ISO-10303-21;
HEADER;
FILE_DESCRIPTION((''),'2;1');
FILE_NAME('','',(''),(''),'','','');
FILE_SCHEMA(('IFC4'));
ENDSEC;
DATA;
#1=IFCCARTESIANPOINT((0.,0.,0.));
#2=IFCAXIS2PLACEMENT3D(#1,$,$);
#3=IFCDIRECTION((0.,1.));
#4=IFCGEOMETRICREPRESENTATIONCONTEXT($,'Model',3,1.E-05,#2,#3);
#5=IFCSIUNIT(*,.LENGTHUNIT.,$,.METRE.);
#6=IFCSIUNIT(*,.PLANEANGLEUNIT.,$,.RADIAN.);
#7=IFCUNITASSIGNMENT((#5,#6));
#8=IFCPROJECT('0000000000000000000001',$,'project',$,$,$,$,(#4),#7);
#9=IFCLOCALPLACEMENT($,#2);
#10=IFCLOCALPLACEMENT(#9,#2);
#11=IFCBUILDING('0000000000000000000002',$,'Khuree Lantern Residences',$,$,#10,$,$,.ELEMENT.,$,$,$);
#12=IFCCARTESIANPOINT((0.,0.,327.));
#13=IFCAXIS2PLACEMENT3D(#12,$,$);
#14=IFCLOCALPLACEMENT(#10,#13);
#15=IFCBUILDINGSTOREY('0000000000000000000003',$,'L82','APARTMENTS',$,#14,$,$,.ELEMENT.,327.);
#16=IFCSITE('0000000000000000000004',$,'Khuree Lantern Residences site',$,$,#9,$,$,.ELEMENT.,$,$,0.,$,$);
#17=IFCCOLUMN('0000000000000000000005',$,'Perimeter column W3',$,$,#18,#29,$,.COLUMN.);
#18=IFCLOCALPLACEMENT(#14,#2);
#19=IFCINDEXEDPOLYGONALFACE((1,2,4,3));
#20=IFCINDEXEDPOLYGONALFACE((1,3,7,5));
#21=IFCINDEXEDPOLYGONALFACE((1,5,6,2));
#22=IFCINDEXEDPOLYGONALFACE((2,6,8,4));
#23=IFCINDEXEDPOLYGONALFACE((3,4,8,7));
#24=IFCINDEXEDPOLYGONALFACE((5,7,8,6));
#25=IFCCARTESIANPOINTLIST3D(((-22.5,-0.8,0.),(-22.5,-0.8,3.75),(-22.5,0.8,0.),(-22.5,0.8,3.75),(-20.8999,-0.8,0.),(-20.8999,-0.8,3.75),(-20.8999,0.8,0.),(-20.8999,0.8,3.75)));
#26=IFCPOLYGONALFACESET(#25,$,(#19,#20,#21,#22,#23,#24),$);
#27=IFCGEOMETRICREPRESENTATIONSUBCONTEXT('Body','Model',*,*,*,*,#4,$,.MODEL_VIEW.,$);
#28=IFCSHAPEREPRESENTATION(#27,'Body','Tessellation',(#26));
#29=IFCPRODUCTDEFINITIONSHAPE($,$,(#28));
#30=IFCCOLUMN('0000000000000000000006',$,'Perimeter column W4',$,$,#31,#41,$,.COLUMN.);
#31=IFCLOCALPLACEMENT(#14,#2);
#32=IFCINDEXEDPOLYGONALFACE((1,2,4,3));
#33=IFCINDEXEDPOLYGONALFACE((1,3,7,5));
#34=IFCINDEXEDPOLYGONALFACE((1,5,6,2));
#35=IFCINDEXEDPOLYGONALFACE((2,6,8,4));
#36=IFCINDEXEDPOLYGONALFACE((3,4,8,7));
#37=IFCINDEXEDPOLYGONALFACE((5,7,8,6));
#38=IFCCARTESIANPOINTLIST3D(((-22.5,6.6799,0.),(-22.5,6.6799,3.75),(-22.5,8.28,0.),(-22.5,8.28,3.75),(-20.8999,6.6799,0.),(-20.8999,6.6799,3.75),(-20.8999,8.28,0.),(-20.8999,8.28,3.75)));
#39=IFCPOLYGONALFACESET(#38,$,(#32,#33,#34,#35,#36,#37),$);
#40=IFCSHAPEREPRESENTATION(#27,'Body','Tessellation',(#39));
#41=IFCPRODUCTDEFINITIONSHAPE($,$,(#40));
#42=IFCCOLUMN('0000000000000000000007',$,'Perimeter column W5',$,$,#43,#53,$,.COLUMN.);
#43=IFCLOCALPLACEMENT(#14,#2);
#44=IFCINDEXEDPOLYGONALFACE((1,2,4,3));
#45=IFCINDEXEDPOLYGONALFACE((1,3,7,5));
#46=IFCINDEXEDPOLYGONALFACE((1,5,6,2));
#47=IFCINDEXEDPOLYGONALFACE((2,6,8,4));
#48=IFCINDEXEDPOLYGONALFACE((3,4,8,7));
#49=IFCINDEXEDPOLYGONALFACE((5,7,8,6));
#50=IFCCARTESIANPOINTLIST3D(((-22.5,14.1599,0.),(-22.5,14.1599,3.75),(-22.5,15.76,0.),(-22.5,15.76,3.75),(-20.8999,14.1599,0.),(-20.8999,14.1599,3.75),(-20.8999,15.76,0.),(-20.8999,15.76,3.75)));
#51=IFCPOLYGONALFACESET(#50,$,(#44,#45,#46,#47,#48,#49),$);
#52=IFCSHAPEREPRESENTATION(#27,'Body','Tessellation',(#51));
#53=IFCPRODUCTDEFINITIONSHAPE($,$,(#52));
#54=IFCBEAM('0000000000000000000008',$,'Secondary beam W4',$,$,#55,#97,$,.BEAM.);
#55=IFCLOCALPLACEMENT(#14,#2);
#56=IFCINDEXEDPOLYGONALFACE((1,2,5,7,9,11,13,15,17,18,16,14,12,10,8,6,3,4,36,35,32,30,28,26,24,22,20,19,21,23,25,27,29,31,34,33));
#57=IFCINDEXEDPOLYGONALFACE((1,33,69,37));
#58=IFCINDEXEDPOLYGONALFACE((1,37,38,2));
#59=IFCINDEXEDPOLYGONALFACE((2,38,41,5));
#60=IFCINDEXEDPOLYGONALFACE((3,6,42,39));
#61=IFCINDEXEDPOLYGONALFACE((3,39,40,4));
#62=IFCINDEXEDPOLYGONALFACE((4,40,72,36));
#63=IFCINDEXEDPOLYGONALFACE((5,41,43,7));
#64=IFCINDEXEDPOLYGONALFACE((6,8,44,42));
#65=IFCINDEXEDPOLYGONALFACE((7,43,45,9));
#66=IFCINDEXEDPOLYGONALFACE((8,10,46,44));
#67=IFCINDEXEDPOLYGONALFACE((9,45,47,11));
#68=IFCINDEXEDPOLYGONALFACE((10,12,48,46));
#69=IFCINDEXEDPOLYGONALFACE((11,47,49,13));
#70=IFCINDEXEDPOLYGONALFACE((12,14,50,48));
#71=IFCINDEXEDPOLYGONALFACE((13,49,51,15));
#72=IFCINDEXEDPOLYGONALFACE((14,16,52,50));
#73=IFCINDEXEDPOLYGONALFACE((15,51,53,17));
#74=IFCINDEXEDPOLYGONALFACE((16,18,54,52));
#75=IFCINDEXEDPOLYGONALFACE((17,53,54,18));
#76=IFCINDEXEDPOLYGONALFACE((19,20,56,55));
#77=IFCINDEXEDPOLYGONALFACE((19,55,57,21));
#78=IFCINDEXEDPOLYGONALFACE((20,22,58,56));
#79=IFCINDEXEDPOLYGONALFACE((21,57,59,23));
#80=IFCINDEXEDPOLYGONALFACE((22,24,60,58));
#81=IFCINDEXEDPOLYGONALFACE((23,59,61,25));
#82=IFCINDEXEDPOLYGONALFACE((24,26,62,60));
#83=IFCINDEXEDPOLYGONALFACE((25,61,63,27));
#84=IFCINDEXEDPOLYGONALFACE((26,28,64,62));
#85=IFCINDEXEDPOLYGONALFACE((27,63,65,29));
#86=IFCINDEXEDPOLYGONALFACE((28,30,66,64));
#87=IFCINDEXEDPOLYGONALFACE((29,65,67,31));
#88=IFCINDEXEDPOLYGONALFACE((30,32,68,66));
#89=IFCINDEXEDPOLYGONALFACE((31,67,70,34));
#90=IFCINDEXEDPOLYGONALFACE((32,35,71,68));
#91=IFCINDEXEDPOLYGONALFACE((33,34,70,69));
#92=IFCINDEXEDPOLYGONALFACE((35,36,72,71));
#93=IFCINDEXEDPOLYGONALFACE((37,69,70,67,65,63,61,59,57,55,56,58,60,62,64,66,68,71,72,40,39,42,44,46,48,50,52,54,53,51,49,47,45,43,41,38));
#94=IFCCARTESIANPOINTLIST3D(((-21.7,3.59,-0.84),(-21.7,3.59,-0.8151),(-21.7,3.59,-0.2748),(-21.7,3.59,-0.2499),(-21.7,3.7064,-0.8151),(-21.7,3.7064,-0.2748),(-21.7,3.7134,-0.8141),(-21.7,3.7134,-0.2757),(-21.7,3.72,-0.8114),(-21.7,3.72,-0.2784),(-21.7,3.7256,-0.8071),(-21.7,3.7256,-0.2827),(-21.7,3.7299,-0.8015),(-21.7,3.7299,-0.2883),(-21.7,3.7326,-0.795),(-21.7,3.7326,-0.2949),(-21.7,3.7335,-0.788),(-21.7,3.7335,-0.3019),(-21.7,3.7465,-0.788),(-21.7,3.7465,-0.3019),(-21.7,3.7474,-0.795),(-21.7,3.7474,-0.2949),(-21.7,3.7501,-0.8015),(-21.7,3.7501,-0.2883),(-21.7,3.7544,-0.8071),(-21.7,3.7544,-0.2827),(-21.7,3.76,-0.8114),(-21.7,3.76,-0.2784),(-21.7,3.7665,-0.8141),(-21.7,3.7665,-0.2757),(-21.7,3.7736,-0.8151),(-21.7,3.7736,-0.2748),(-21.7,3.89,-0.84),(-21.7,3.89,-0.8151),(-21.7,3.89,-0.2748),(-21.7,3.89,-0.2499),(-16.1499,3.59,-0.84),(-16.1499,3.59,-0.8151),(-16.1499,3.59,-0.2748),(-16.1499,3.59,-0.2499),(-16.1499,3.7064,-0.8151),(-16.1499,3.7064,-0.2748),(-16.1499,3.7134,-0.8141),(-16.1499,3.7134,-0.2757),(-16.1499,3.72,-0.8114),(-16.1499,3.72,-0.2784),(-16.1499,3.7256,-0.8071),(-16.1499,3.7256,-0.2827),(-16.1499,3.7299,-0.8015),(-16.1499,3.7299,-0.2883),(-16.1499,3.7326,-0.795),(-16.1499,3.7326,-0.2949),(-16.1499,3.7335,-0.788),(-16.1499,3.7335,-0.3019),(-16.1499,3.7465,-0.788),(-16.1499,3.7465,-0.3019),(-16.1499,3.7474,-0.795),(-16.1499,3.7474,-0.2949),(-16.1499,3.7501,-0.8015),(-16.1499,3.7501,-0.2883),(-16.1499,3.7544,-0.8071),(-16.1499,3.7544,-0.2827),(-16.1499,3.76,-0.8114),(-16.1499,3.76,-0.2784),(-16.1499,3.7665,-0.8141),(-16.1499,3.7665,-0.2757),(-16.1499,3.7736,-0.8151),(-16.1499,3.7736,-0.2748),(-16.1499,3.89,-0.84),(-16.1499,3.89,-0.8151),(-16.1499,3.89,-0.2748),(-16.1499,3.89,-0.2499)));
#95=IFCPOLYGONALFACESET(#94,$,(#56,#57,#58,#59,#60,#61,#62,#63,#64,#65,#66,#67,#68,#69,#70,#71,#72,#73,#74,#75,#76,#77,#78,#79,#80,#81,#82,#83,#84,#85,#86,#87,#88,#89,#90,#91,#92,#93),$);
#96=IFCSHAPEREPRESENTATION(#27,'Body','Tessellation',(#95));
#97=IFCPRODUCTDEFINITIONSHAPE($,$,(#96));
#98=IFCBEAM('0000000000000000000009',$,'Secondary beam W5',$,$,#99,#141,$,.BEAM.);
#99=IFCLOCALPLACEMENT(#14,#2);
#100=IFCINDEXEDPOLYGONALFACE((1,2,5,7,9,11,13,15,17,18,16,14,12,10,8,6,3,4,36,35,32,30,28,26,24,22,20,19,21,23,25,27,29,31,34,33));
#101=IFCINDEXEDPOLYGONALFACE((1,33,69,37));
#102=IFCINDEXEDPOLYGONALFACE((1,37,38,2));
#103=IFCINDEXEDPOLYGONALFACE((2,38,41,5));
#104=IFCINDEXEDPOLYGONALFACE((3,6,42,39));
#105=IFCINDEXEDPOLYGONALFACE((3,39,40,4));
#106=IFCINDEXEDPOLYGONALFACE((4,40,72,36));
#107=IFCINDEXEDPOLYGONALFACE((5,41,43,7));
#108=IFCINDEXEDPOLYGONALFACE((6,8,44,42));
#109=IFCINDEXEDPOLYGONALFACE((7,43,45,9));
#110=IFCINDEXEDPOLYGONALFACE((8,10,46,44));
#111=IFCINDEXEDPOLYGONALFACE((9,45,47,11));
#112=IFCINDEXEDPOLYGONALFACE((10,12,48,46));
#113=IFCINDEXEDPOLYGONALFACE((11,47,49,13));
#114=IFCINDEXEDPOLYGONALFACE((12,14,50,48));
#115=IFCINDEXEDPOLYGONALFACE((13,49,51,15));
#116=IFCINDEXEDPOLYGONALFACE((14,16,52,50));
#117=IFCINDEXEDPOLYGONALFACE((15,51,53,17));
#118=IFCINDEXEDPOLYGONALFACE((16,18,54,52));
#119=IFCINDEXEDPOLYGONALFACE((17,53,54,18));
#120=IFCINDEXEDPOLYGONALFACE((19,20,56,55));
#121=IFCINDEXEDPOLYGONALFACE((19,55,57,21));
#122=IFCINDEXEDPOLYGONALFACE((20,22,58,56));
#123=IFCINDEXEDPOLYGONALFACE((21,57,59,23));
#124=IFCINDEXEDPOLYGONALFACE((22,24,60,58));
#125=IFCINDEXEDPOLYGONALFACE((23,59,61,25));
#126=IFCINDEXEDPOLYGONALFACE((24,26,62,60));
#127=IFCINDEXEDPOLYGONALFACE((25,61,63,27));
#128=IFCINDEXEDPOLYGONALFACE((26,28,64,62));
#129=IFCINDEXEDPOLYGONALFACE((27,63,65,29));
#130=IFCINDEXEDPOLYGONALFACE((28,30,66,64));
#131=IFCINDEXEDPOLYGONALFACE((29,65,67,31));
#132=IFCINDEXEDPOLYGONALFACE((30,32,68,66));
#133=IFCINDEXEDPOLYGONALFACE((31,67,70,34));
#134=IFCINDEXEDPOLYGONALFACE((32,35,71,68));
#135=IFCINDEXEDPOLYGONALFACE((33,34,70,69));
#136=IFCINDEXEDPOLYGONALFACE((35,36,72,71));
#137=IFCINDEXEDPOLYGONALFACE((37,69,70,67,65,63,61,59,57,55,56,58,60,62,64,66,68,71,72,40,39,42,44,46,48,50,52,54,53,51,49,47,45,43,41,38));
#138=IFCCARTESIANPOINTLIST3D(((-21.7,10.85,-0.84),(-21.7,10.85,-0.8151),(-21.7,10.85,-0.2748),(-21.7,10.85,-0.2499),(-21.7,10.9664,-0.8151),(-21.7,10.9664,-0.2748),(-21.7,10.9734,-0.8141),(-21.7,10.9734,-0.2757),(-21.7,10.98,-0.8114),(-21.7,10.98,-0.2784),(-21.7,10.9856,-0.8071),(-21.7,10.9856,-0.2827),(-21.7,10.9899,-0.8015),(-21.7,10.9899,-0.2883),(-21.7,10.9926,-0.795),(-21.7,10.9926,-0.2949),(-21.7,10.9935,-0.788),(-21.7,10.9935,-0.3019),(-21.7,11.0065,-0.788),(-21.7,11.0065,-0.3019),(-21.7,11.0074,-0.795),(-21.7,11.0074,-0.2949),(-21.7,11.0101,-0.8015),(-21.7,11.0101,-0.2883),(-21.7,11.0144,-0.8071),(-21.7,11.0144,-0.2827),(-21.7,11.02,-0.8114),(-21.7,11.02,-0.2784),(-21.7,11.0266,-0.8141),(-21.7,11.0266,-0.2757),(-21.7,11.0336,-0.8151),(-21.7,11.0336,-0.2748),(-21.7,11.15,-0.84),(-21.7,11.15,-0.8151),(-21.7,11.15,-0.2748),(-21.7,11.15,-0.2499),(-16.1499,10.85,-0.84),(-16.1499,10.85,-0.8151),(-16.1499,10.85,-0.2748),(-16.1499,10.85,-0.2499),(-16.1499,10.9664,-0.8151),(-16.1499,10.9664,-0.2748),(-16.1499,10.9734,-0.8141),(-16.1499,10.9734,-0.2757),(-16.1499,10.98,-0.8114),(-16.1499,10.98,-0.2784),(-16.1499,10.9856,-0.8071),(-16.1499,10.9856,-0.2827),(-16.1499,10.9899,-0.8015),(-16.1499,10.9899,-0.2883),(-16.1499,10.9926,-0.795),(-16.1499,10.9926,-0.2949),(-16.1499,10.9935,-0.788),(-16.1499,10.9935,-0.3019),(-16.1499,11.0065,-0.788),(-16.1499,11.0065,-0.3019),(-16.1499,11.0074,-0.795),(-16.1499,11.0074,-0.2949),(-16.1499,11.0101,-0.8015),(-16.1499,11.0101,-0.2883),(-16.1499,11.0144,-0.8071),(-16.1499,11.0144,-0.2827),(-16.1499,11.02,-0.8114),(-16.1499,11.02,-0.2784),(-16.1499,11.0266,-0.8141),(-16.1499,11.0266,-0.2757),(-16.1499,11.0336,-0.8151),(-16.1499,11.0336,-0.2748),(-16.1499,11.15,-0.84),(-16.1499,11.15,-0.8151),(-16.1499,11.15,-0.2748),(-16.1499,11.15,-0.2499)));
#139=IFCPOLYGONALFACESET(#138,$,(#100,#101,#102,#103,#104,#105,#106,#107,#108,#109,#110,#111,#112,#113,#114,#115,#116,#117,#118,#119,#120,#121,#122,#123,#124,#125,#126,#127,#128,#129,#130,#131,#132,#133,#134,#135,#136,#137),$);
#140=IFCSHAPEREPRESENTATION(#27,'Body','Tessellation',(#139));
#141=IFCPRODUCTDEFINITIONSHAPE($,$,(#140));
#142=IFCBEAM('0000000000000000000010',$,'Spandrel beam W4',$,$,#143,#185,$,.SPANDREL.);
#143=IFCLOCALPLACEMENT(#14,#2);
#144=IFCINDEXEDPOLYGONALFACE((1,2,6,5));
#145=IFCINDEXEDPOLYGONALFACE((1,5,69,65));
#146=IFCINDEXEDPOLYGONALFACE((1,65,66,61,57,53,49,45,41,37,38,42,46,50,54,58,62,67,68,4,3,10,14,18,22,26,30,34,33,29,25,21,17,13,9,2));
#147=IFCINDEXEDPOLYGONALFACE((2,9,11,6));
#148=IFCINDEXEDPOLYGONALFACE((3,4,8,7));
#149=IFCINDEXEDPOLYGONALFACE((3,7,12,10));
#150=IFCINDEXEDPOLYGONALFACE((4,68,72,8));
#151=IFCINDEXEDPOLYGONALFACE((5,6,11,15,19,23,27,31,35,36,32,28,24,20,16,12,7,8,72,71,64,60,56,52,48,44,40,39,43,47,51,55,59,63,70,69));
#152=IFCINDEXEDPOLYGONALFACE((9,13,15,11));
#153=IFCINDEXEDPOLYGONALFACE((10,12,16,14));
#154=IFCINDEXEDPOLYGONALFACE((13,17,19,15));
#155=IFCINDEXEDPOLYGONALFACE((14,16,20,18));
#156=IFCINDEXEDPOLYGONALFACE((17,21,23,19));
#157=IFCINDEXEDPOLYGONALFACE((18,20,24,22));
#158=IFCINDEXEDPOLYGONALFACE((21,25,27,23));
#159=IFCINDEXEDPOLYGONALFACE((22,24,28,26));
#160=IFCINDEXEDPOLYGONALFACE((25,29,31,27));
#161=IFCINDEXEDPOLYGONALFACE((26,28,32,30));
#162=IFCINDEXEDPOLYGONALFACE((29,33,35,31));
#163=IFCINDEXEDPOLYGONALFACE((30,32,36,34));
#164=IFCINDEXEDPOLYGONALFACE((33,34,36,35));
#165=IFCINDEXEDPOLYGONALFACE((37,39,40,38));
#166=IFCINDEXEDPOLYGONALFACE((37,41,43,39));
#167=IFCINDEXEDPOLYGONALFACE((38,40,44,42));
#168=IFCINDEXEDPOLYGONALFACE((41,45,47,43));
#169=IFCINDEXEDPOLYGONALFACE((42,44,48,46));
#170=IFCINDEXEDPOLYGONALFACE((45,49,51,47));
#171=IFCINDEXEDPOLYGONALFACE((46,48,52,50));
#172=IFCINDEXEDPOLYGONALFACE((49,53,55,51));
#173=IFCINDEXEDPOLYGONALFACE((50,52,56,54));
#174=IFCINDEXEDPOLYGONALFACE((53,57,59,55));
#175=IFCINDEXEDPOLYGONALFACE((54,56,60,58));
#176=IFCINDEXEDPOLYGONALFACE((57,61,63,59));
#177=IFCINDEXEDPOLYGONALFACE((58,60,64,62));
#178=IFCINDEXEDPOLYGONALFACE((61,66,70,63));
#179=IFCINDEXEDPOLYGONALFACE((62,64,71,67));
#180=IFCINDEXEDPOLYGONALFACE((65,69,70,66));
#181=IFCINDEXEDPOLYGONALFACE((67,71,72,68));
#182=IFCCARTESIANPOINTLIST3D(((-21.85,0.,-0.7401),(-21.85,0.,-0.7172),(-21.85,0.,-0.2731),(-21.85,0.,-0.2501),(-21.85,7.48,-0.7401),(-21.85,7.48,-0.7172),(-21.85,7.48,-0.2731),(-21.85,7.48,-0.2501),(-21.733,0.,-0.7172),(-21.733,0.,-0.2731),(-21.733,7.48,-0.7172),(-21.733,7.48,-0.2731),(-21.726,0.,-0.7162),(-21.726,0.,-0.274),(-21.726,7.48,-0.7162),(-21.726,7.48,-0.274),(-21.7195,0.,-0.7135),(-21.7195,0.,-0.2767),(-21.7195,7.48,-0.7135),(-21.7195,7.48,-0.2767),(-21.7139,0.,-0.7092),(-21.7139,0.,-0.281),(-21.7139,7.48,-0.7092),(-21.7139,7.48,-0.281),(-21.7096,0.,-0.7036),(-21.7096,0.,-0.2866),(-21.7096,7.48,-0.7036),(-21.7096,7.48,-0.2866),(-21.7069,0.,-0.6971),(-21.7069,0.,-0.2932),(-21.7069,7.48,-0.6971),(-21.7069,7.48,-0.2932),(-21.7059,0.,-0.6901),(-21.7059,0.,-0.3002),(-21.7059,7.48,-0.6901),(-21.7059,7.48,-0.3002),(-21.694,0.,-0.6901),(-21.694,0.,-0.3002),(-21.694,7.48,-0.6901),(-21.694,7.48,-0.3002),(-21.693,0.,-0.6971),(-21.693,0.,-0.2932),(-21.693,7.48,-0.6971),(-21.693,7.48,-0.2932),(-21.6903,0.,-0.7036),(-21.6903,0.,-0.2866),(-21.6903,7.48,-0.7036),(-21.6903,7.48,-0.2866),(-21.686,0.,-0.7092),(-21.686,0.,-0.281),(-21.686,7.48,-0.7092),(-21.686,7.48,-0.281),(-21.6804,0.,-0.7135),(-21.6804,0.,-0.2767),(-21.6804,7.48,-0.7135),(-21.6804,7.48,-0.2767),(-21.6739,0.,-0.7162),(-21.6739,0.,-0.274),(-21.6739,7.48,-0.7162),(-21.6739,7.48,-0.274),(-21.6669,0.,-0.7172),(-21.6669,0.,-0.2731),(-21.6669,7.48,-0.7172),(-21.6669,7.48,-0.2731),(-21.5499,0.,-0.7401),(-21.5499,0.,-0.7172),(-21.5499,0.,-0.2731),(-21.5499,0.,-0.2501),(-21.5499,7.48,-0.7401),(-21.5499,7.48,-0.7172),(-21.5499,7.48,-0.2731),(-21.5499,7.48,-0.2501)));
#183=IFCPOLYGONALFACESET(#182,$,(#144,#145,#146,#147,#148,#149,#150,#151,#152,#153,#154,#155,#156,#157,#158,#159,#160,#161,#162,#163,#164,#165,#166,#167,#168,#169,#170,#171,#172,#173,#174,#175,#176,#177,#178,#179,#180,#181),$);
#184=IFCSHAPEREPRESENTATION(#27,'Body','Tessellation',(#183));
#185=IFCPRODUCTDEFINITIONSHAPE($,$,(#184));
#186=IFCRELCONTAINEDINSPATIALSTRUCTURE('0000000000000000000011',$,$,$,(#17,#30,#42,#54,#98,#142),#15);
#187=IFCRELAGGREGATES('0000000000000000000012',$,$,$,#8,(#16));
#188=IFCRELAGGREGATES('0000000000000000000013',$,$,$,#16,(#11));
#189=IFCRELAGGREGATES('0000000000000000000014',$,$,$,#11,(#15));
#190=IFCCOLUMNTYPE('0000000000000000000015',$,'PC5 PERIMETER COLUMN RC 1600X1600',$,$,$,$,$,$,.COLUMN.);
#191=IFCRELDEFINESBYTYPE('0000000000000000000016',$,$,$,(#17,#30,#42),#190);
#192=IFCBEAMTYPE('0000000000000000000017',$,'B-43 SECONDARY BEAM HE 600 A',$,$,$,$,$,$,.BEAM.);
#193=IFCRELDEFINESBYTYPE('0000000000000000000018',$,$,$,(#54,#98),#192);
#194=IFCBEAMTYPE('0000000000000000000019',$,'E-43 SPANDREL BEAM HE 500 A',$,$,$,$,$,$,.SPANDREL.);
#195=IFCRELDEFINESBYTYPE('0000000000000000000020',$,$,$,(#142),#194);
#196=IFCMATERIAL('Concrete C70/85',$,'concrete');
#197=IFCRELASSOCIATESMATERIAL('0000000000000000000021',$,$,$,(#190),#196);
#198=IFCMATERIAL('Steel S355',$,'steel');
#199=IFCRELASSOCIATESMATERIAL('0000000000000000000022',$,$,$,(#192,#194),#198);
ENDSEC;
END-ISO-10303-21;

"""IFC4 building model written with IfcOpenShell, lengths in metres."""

from ifc_helpers import new_model, si_unit, direction, frame, origin, origin_2d, place, context, subcontext, project, spatial, rectangle, i_section, extrude, material, material_profile, profile_set, type_object, element, save


model = new_model("IFC4")

# Units and contexts
model_context = context("Model", 3, precision=1e-05, world=origin(), true_north=direction((0.0, 1.0)))
body_context = subcontext(model_context, "Body", "Model", "MODEL_VIEW")
ifc_project = project(units=[si_unit("LENGTHUNIT", "METRE"), si_unit("PLANEANGLEUNIT", "RADIAN")], contexts=[model_context])

# Site, building, storey
site_placement = place(None, origin())
site = spatial("IfcSite", under=ifc_project, at=site_placement, Name="Khuree Lantern Residences site", CompositionType="ELEMENT", RefElevation=0.0)
building_placement = place(site_placement, origin())
building = spatial("IfcBuilding", under=site, at=building_placement, Name="Khuree Lantern Residences", CompositionType="ELEMENT")
storey_placement = place(building_placement, frame((0.0, 0.0, 327.0)))
storey = spatial("IfcBuildingStorey", under=building, at=storey_placement, Name="L82", Description="APARTMENTS", CompositionType="ELEMENT", Elevation=327.0)

# Columns
ifc_material_1 = material(Name="Concrete C70/85", Category="concrete")
ifc_material_profile_1 = material_profile(ifc_material_1, rectangle(XDim=1.6001, YDim=1.6001, at=origin_2d()), Name="RC 1600X1600")
ifc_profile_set_1 = profile_set([ifc_material_profile_1], Name="Concrete C70/85")
column_type = type_object("IfcColumnType", Name="PC5 PERIMETER COLUMN RC 1600X1600", PredefinedType="COLUMN", material=ifc_profile_set_1)
for number, where, z_axis, x_axis, name in (
    (1, (-21.7, 0.0, 0.0), (0.0, 0.0, 1.0), (0.0, 1.0, 0.0), "Perimeter column W3"),
    (2, (-21.7, 7.48, 0.0), (0.0, 0.0, 1.0), (0.0, 1.0, 0.0), "Perimeter column W4"),
    (3, (-21.7, 14.96, 0.0), (0.0, 0.0, 1.0), (0.0, 1.0, 0.0), "Perimeter column W5"),
):
    element("IfcColumn", number, at=place(storey_placement, frame(where, z_axis=z_axis, x_axis=x_axis)), inside=storey, type_object=column_type, Name=name, PredefinedType="COLUMN", context=body_context, shape_type="SweptSolid", body=[
        extrude(rectangle(XDim=1.6001, YDim=1.6001, at=origin_2d()), origin(), (0.0, 0.0, 1.0), 3.75),
    ])

# Beams
ifc_material_2 = material(Name="Steel S355", Category="steel")
ifc_material_profile_2 = material_profile(ifc_material_2, i_section(OverallWidth=0.3, OverallDepth=0.5901, WebThickness=0.0129, FlangeThickness=0.0249, FilletRadius=0.0271, at=origin_2d()), Name="HE 600 A")
ifc_profile_set_2 = profile_set([ifc_material_profile_2], Name="Steel S355")
beam_type_1 = type_object("IfcBeamType", Name="B-43 SECONDARY BEAM HE 600 A", PredefinedType="BEAM", material=ifc_profile_set_2)
for number, where, z_axis, x_axis, name in (
    (4, (-21.7, 3.74, -0.5449), (1.0, 0.0, 0.0), (0.0, 1.0, 0.0), "Secondary beam W4"),
    (5, (-21.7, 11.0, -0.5449), (1.0, 0.0, 0.0), (0.0, 1.0, 0.0), "Secondary beam W5"),
):
    element("IfcBeam", number, at=place(storey_placement, frame(where, z_axis=z_axis, x_axis=x_axis)), inside=storey, type_object=beam_type_1, Name=name, PredefinedType="BEAM", context=body_context, shape_type="SweptSolid", body=[
        extrude(i_section(OverallWidth=0.3, OverallDepth=0.5901, WebThickness=0.0129, FlangeThickness=0.0249, FilletRadius=0.0271, at=origin_2d()), origin(), (0.0, 0.0, 1.0), 5.55),
    ])
ifc_material_profile_3 = material_profile(ifc_material_2, i_section(OverallWidth=0.3, OverallDepth=0.49, WebThickness=0.012, FlangeThickness=0.0229, FilletRadius=0.0271, at=origin_2d()), Name="HE 500 A")
ifc_profile_set_3 = profile_set([ifc_material_profile_3], Name="Steel S355")
beam_type_2 = type_object("IfcBeamType", Name="E-43 SPANDREL BEAM HE 500 A", PredefinedType="SPANDREL", material=ifc_profile_set_3)
for number, where, z_axis, x_axis, name in (
    (6, (-21.7, 0.0, -0.4951), (0.0, 1.0, 0.0), (-1.0, 0.0, 0.0), "Spandrel beam W4"),
):
    element("IfcBeam", number, at=place(storey_placement, frame(where, z_axis=z_axis, x_axis=x_axis)), inside=storey, type_object=beam_type_2, Name=name, PredefinedType="SPANDREL", context=body_context, shape_type="SweptSolid", body=[
        extrude(i_section(OverallWidth=0.3, OverallDepth=0.49, WebThickness=0.012, FlangeThickness=0.0229, FilletRadius=0.0271, at=origin_2d()), origin(), (0.0, 0.0, 1.0), 7.48),
    ])

save(model, "model.ifc")
